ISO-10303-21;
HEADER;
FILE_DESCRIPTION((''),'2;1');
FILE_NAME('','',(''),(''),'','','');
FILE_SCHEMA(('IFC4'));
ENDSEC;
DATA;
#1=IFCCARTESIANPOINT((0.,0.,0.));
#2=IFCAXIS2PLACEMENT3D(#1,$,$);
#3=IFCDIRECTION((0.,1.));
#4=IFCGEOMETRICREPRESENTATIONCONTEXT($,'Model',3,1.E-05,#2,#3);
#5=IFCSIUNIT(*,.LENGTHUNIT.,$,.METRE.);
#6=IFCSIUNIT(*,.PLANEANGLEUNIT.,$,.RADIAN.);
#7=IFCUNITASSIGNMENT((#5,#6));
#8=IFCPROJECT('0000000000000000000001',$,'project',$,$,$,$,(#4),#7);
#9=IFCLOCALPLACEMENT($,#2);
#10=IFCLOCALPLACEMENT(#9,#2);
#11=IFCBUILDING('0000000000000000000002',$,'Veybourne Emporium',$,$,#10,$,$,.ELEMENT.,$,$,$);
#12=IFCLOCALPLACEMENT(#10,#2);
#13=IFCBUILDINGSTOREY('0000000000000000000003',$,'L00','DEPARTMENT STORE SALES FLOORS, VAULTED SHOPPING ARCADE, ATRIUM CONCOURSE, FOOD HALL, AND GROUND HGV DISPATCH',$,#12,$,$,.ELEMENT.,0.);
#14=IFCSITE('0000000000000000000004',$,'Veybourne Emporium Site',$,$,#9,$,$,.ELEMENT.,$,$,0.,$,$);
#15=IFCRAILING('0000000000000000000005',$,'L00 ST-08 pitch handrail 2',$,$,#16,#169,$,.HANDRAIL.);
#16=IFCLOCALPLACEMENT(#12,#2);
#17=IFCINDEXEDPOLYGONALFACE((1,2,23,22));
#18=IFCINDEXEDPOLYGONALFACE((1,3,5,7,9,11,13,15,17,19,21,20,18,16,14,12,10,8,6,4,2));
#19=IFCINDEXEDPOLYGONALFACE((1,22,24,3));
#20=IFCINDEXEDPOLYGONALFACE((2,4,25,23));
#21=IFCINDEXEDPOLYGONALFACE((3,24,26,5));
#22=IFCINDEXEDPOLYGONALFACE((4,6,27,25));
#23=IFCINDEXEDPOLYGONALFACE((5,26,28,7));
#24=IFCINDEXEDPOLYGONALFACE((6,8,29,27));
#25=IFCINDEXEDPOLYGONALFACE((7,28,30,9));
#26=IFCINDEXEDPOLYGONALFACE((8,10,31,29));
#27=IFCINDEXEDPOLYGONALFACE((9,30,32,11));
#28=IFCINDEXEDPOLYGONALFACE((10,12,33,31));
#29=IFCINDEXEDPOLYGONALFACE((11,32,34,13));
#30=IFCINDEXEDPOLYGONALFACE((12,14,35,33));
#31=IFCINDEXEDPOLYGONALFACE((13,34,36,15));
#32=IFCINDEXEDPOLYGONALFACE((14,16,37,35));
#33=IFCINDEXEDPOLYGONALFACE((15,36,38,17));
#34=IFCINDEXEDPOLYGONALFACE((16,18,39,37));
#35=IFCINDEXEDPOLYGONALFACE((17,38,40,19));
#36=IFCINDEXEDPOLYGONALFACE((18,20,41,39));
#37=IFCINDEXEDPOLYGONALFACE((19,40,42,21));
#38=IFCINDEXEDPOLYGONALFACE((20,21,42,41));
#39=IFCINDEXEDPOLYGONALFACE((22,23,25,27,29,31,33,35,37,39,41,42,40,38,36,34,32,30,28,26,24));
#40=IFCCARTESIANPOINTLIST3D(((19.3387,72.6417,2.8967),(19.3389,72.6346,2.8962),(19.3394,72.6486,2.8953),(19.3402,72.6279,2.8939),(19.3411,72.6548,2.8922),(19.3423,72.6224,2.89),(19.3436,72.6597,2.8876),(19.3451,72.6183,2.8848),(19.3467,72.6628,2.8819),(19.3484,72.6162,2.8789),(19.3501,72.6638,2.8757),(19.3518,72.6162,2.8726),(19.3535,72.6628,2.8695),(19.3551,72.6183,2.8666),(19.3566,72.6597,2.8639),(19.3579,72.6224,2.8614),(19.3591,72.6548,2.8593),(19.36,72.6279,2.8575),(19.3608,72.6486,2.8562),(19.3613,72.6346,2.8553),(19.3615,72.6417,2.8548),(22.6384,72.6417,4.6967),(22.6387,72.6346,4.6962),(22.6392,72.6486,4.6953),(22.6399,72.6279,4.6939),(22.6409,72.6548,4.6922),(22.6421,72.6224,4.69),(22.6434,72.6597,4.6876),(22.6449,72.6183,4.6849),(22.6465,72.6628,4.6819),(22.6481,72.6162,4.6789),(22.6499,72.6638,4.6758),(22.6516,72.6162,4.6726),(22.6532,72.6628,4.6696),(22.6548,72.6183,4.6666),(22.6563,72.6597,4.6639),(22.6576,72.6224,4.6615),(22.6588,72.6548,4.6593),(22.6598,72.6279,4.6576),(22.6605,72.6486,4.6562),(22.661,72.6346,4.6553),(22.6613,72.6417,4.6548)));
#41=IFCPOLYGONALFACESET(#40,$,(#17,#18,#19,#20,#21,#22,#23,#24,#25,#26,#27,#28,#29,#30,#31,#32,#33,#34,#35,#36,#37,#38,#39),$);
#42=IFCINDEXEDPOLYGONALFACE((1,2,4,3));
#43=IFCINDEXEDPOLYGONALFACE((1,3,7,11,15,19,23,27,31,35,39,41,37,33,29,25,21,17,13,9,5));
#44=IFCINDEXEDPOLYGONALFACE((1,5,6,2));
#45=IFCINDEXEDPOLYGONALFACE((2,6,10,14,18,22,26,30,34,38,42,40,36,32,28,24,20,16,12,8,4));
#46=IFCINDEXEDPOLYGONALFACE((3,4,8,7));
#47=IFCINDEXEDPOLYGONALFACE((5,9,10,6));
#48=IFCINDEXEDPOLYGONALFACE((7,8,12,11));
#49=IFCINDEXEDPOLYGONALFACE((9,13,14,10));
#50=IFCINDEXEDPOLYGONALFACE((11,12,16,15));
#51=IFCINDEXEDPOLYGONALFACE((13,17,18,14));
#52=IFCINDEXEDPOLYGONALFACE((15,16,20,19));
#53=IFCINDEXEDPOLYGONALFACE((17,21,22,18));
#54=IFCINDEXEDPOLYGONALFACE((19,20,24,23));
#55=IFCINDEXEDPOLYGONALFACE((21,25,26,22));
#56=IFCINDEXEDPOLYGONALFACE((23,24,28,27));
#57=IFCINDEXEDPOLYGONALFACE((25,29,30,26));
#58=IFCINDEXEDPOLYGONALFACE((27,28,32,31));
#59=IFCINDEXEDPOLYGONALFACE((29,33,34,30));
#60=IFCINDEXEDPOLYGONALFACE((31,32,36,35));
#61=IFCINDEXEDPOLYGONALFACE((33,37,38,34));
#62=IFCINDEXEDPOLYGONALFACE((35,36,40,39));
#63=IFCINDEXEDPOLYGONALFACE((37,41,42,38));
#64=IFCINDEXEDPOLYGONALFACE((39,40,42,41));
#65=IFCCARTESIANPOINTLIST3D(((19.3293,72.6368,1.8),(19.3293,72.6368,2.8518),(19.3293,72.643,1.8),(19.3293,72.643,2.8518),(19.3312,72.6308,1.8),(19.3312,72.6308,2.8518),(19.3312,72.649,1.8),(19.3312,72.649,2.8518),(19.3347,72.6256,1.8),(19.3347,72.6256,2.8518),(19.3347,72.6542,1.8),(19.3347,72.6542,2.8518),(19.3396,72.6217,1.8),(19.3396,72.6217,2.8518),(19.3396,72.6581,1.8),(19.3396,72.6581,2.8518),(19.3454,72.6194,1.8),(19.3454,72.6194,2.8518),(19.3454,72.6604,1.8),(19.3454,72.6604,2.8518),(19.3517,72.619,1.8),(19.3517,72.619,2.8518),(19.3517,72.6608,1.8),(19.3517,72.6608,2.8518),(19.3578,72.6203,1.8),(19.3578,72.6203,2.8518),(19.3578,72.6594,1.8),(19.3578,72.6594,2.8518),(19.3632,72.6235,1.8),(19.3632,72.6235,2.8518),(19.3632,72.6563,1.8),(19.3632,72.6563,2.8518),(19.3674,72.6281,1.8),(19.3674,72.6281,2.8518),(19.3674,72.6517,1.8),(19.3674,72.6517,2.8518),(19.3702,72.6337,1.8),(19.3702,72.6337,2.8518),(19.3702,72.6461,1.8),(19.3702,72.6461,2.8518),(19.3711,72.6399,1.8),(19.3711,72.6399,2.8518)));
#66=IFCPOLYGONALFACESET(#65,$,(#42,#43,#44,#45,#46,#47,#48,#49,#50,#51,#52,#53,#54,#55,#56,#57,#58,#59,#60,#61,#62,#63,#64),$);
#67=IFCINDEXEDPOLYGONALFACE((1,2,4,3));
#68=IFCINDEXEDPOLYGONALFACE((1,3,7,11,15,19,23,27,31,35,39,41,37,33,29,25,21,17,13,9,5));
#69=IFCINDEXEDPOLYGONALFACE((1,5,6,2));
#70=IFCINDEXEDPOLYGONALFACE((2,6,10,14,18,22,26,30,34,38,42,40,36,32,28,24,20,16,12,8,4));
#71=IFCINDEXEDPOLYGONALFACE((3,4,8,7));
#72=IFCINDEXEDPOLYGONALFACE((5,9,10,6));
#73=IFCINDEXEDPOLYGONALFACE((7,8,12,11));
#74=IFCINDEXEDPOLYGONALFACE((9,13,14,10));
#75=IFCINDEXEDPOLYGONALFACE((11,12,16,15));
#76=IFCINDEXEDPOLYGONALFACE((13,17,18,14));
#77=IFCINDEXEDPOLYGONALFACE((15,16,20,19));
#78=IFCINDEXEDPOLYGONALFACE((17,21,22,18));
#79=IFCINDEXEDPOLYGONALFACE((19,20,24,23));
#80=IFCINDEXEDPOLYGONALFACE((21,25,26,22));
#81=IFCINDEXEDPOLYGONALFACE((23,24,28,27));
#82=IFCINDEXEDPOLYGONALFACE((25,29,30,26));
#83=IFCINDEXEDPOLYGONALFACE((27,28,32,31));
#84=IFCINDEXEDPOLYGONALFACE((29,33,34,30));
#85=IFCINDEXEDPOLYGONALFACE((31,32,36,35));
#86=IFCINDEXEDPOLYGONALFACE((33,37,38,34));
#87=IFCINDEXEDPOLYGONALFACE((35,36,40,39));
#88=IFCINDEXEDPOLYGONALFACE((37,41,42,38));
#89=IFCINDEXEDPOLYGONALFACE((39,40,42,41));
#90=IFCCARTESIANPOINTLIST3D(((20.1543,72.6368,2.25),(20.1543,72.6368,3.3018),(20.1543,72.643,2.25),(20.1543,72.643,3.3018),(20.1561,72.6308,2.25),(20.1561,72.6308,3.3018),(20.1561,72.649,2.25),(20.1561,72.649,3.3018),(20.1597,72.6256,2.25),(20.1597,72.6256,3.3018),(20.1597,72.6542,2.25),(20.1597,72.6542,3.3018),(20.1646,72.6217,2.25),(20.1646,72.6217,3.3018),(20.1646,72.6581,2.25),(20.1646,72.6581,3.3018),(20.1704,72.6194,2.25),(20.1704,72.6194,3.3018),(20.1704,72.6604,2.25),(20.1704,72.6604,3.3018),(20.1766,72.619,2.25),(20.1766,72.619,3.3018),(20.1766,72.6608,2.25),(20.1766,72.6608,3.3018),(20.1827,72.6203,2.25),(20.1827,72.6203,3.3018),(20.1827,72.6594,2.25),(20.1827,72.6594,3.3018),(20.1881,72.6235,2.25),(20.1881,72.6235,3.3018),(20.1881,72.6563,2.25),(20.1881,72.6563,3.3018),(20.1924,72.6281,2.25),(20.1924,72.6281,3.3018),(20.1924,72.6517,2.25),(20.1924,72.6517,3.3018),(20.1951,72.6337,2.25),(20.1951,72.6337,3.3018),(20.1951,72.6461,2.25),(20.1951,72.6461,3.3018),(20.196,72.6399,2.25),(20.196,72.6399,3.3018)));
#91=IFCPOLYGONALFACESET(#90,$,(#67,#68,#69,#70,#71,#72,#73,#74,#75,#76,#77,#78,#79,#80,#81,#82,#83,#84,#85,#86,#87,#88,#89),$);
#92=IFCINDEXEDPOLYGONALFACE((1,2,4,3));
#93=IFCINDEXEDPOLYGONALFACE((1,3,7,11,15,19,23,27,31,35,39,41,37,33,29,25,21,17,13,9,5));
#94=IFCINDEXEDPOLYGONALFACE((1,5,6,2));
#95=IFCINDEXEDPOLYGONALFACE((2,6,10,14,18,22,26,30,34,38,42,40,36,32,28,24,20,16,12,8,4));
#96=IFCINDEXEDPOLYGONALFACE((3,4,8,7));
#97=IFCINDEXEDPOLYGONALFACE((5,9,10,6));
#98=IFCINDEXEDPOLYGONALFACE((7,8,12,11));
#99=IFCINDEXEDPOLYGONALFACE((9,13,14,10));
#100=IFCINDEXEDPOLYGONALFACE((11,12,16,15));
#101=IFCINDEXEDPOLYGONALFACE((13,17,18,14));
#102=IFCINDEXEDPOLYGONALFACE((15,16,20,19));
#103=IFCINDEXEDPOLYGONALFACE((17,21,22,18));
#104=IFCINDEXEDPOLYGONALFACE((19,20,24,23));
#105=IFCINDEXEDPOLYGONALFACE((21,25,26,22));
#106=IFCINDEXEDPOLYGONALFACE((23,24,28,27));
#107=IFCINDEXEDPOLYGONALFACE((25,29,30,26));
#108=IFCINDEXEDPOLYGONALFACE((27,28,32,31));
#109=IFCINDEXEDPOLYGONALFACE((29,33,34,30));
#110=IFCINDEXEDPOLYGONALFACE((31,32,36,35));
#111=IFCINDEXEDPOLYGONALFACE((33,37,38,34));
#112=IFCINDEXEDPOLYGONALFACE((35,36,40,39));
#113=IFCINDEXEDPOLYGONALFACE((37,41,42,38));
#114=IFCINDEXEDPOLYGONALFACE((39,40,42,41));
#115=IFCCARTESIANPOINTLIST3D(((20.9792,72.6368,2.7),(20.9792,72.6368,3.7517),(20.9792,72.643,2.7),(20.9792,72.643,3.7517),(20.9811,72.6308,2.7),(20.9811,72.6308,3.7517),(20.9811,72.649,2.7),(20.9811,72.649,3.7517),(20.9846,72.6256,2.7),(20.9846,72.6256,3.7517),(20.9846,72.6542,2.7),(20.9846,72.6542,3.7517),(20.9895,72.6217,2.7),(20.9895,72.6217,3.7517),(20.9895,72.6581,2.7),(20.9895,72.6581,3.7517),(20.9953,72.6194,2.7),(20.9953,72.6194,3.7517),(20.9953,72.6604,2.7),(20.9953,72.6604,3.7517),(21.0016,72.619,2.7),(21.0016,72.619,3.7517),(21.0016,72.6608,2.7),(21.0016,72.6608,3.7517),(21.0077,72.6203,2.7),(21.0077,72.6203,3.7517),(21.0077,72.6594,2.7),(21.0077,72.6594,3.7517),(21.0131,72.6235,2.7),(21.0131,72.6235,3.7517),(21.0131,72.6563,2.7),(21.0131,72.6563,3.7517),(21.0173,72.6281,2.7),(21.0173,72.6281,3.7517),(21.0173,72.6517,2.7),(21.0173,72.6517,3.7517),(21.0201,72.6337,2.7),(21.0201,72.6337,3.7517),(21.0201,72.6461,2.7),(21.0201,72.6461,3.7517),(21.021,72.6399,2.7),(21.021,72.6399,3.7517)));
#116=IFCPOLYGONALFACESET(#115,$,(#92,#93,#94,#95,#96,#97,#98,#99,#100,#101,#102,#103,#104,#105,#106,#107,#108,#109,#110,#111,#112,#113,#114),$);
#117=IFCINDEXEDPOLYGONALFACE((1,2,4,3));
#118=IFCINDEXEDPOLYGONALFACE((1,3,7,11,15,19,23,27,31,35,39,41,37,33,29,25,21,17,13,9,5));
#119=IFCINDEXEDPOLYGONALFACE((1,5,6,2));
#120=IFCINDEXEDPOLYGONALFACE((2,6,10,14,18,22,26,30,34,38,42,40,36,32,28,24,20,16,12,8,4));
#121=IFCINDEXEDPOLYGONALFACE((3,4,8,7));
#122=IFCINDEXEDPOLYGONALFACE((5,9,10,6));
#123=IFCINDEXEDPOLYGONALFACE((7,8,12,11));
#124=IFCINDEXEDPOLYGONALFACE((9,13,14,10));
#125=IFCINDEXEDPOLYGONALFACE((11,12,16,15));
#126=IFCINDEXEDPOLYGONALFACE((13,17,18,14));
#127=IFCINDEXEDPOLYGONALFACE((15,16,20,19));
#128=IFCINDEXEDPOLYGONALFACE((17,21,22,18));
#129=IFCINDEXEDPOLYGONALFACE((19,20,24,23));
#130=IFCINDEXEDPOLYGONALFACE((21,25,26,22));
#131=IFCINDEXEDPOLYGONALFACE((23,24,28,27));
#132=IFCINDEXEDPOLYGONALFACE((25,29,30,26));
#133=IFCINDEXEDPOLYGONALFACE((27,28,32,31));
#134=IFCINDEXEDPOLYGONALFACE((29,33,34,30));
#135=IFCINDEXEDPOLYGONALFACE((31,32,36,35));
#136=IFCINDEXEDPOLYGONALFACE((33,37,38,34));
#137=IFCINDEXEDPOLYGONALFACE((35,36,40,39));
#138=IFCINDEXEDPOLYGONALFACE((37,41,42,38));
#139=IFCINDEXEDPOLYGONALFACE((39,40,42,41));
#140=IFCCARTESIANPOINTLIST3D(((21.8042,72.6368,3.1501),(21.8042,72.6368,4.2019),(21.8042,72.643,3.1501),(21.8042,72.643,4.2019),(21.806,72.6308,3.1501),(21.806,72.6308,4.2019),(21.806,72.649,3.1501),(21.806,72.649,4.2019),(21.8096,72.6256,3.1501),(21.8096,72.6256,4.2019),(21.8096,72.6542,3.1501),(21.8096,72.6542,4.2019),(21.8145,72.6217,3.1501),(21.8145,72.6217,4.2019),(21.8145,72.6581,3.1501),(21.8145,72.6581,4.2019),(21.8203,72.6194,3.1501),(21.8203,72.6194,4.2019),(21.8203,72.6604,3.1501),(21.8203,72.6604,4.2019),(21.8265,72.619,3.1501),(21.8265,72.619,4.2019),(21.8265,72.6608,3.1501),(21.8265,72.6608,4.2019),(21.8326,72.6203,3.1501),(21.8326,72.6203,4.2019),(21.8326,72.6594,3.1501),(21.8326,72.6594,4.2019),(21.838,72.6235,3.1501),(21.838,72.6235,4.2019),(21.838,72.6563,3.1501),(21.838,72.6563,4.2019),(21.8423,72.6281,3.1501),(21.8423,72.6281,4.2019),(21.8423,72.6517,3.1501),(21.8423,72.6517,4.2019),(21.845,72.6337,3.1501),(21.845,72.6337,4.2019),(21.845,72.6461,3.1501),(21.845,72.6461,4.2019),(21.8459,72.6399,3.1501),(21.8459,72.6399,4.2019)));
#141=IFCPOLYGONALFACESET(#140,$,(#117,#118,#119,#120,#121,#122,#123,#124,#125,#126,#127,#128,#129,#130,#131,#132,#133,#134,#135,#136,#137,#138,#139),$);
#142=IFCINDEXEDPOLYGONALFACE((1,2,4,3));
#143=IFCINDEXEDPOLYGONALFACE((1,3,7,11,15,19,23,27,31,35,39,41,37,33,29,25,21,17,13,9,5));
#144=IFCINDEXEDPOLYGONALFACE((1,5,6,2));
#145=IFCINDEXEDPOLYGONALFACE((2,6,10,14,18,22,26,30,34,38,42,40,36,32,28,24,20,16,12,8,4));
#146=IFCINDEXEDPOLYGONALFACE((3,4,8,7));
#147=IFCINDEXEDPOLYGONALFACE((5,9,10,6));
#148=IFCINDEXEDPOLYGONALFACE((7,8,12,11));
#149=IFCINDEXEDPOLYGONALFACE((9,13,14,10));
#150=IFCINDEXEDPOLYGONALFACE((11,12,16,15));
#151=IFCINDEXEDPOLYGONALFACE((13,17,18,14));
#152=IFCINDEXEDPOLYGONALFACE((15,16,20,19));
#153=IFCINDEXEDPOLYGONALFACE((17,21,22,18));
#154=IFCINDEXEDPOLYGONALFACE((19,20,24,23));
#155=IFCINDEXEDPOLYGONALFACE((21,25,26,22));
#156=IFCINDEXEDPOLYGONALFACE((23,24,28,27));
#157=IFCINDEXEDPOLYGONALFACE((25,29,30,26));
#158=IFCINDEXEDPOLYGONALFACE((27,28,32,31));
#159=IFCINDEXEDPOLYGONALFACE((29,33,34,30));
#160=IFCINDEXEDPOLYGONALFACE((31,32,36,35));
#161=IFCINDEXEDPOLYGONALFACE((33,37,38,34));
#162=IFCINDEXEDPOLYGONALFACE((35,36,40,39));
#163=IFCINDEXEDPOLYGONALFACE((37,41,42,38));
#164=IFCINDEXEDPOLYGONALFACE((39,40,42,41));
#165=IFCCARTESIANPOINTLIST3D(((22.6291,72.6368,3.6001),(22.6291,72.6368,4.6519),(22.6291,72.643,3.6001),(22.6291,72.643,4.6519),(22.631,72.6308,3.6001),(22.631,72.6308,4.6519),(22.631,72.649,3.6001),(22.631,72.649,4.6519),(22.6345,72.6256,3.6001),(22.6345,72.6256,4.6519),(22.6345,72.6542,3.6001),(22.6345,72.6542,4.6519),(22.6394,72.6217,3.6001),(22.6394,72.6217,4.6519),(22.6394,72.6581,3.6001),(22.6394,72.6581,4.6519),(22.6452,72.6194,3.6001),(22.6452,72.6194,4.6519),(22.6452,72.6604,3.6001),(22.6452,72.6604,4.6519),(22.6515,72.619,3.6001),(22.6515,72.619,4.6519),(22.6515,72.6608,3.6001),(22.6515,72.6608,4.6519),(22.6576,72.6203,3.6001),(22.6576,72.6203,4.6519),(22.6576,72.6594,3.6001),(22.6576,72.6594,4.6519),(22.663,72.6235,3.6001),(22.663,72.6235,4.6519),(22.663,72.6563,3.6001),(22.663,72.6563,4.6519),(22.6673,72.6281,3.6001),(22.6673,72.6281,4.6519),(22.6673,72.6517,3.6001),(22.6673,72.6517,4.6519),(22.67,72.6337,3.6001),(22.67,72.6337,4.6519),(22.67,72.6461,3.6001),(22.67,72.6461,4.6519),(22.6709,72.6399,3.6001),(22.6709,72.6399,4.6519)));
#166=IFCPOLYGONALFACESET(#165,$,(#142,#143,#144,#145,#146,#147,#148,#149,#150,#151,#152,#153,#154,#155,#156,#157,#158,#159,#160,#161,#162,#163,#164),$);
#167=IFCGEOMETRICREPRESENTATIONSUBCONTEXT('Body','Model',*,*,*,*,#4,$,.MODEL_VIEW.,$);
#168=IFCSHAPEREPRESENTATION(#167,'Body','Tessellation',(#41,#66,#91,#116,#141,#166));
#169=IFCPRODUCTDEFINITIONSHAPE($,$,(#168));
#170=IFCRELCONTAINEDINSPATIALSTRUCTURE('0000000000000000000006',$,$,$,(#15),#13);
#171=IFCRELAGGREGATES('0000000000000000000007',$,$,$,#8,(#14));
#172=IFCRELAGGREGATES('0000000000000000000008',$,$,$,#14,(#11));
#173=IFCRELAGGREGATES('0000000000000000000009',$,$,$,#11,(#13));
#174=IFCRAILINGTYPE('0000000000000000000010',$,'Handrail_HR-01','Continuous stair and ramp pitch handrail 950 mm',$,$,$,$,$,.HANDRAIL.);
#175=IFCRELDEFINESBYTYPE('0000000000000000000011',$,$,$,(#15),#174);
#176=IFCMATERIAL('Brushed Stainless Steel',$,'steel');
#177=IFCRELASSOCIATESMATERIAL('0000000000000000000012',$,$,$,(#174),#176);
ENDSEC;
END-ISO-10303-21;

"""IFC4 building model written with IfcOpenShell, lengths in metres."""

from ifc_helpers import new_model, si_unit, direction, frame, origin, origin_2d, place, context, subcontext, project, spatial, circle, extrude, material, type_object, element, save


model = new_model("IFC4")

# Units and contexts
model_context = context("Model", 3, precision=1e-05, world=origin(), true_north=direction((0.0, 1.0)))
body_context = subcontext(model_context, "Body", "Model", "MODEL_VIEW")
ifc_project = project(units=[si_unit("LENGTHUNIT", "METRE"), si_unit("PLANEANGLEUNIT", "RADIAN")], contexts=[model_context])

# Site, building, storey
site_placement = place(None, origin())
site = spatial("IfcSite", under=ifc_project, at=site_placement, Name="Veybourne Emporium Site", CompositionType="ELEMENT", RefElevation=0.0)
building_placement = place(site_placement, origin())
building = spatial("IfcBuilding", under=site, at=building_placement, Name="Veybourne Emporium", CompositionType="ELEMENT")
storey_placement = place(building_placement, origin())
storey = spatial("IfcBuildingStorey", under=building, at=storey_placement, Name="L00", Description="DEPARTMENT STORE SALES FLOORS, VAULTED SHOPPING ARCADE, ATRIUM CONCOURSE, FOOD HALL, AND GROUND HGV DISPATCH", CompositionType="ELEMENT", Elevation=0.0)

# Railing
ifc_material_1 = material(Name="Brushed Stainless Steel", Category="steel")
railing_type_1 = type_object("IfcRailingType", Name="Handrail_HR-01", Description="Continuous stair and ramp pitch handrail 950 mm", PredefinedType="HANDRAIL", material=ifc_material_1)
railing_1_placement = place(storey_placement, frame((19.3501, 72.6399, 1.95)))
element("IfcRailing", 1, at=railing_1_placement, inside=storey, type_object=railing_type_1, Name="L00 ST-08 pitch handrail 2", PredefinedType="HANDRAIL", context=body_context, shape_type="SweptSolid", body=[
    extrude(circle(Radius=0.0239, at=origin_2d()), frame((0.0, 0.0, 0.9258), z_axis=(0.877878, 0.0, 0.478884), x_axis=(0.0, 1.0, 0.0)), (0.0, 0.0, 1.0), 3.7588),
    extrude(circle(Radius=0.021, at=origin_2d()), frame((0.0, 0.0, -0.1499)), (0.0, 0.0, 1.0), 1.0518),
    extrude(circle(Radius=0.021, at=origin_2d()), frame((0.825, 0.0, 0.3)), (0.0, 0.0, 1.0), 1.0518),
    extrude(circle(Radius=0.021, at=origin_2d()), frame((1.6499, 0.0, 0.75)), (0.0, 0.0, 1.0), 1.0518),
    extrude(circle(Radius=0.021, at=origin_2d()), frame((2.4749, 0.0, 1.2002)), (0.0, 0.0, 1.0), 1.0518),
    extrude(circle(Radius=0.021, at=origin_2d()), frame((3.2998, 0.0, 1.6501)), (0.0, 0.0, 1.0), 1.0518),
])

save(model, "model.ifc")
